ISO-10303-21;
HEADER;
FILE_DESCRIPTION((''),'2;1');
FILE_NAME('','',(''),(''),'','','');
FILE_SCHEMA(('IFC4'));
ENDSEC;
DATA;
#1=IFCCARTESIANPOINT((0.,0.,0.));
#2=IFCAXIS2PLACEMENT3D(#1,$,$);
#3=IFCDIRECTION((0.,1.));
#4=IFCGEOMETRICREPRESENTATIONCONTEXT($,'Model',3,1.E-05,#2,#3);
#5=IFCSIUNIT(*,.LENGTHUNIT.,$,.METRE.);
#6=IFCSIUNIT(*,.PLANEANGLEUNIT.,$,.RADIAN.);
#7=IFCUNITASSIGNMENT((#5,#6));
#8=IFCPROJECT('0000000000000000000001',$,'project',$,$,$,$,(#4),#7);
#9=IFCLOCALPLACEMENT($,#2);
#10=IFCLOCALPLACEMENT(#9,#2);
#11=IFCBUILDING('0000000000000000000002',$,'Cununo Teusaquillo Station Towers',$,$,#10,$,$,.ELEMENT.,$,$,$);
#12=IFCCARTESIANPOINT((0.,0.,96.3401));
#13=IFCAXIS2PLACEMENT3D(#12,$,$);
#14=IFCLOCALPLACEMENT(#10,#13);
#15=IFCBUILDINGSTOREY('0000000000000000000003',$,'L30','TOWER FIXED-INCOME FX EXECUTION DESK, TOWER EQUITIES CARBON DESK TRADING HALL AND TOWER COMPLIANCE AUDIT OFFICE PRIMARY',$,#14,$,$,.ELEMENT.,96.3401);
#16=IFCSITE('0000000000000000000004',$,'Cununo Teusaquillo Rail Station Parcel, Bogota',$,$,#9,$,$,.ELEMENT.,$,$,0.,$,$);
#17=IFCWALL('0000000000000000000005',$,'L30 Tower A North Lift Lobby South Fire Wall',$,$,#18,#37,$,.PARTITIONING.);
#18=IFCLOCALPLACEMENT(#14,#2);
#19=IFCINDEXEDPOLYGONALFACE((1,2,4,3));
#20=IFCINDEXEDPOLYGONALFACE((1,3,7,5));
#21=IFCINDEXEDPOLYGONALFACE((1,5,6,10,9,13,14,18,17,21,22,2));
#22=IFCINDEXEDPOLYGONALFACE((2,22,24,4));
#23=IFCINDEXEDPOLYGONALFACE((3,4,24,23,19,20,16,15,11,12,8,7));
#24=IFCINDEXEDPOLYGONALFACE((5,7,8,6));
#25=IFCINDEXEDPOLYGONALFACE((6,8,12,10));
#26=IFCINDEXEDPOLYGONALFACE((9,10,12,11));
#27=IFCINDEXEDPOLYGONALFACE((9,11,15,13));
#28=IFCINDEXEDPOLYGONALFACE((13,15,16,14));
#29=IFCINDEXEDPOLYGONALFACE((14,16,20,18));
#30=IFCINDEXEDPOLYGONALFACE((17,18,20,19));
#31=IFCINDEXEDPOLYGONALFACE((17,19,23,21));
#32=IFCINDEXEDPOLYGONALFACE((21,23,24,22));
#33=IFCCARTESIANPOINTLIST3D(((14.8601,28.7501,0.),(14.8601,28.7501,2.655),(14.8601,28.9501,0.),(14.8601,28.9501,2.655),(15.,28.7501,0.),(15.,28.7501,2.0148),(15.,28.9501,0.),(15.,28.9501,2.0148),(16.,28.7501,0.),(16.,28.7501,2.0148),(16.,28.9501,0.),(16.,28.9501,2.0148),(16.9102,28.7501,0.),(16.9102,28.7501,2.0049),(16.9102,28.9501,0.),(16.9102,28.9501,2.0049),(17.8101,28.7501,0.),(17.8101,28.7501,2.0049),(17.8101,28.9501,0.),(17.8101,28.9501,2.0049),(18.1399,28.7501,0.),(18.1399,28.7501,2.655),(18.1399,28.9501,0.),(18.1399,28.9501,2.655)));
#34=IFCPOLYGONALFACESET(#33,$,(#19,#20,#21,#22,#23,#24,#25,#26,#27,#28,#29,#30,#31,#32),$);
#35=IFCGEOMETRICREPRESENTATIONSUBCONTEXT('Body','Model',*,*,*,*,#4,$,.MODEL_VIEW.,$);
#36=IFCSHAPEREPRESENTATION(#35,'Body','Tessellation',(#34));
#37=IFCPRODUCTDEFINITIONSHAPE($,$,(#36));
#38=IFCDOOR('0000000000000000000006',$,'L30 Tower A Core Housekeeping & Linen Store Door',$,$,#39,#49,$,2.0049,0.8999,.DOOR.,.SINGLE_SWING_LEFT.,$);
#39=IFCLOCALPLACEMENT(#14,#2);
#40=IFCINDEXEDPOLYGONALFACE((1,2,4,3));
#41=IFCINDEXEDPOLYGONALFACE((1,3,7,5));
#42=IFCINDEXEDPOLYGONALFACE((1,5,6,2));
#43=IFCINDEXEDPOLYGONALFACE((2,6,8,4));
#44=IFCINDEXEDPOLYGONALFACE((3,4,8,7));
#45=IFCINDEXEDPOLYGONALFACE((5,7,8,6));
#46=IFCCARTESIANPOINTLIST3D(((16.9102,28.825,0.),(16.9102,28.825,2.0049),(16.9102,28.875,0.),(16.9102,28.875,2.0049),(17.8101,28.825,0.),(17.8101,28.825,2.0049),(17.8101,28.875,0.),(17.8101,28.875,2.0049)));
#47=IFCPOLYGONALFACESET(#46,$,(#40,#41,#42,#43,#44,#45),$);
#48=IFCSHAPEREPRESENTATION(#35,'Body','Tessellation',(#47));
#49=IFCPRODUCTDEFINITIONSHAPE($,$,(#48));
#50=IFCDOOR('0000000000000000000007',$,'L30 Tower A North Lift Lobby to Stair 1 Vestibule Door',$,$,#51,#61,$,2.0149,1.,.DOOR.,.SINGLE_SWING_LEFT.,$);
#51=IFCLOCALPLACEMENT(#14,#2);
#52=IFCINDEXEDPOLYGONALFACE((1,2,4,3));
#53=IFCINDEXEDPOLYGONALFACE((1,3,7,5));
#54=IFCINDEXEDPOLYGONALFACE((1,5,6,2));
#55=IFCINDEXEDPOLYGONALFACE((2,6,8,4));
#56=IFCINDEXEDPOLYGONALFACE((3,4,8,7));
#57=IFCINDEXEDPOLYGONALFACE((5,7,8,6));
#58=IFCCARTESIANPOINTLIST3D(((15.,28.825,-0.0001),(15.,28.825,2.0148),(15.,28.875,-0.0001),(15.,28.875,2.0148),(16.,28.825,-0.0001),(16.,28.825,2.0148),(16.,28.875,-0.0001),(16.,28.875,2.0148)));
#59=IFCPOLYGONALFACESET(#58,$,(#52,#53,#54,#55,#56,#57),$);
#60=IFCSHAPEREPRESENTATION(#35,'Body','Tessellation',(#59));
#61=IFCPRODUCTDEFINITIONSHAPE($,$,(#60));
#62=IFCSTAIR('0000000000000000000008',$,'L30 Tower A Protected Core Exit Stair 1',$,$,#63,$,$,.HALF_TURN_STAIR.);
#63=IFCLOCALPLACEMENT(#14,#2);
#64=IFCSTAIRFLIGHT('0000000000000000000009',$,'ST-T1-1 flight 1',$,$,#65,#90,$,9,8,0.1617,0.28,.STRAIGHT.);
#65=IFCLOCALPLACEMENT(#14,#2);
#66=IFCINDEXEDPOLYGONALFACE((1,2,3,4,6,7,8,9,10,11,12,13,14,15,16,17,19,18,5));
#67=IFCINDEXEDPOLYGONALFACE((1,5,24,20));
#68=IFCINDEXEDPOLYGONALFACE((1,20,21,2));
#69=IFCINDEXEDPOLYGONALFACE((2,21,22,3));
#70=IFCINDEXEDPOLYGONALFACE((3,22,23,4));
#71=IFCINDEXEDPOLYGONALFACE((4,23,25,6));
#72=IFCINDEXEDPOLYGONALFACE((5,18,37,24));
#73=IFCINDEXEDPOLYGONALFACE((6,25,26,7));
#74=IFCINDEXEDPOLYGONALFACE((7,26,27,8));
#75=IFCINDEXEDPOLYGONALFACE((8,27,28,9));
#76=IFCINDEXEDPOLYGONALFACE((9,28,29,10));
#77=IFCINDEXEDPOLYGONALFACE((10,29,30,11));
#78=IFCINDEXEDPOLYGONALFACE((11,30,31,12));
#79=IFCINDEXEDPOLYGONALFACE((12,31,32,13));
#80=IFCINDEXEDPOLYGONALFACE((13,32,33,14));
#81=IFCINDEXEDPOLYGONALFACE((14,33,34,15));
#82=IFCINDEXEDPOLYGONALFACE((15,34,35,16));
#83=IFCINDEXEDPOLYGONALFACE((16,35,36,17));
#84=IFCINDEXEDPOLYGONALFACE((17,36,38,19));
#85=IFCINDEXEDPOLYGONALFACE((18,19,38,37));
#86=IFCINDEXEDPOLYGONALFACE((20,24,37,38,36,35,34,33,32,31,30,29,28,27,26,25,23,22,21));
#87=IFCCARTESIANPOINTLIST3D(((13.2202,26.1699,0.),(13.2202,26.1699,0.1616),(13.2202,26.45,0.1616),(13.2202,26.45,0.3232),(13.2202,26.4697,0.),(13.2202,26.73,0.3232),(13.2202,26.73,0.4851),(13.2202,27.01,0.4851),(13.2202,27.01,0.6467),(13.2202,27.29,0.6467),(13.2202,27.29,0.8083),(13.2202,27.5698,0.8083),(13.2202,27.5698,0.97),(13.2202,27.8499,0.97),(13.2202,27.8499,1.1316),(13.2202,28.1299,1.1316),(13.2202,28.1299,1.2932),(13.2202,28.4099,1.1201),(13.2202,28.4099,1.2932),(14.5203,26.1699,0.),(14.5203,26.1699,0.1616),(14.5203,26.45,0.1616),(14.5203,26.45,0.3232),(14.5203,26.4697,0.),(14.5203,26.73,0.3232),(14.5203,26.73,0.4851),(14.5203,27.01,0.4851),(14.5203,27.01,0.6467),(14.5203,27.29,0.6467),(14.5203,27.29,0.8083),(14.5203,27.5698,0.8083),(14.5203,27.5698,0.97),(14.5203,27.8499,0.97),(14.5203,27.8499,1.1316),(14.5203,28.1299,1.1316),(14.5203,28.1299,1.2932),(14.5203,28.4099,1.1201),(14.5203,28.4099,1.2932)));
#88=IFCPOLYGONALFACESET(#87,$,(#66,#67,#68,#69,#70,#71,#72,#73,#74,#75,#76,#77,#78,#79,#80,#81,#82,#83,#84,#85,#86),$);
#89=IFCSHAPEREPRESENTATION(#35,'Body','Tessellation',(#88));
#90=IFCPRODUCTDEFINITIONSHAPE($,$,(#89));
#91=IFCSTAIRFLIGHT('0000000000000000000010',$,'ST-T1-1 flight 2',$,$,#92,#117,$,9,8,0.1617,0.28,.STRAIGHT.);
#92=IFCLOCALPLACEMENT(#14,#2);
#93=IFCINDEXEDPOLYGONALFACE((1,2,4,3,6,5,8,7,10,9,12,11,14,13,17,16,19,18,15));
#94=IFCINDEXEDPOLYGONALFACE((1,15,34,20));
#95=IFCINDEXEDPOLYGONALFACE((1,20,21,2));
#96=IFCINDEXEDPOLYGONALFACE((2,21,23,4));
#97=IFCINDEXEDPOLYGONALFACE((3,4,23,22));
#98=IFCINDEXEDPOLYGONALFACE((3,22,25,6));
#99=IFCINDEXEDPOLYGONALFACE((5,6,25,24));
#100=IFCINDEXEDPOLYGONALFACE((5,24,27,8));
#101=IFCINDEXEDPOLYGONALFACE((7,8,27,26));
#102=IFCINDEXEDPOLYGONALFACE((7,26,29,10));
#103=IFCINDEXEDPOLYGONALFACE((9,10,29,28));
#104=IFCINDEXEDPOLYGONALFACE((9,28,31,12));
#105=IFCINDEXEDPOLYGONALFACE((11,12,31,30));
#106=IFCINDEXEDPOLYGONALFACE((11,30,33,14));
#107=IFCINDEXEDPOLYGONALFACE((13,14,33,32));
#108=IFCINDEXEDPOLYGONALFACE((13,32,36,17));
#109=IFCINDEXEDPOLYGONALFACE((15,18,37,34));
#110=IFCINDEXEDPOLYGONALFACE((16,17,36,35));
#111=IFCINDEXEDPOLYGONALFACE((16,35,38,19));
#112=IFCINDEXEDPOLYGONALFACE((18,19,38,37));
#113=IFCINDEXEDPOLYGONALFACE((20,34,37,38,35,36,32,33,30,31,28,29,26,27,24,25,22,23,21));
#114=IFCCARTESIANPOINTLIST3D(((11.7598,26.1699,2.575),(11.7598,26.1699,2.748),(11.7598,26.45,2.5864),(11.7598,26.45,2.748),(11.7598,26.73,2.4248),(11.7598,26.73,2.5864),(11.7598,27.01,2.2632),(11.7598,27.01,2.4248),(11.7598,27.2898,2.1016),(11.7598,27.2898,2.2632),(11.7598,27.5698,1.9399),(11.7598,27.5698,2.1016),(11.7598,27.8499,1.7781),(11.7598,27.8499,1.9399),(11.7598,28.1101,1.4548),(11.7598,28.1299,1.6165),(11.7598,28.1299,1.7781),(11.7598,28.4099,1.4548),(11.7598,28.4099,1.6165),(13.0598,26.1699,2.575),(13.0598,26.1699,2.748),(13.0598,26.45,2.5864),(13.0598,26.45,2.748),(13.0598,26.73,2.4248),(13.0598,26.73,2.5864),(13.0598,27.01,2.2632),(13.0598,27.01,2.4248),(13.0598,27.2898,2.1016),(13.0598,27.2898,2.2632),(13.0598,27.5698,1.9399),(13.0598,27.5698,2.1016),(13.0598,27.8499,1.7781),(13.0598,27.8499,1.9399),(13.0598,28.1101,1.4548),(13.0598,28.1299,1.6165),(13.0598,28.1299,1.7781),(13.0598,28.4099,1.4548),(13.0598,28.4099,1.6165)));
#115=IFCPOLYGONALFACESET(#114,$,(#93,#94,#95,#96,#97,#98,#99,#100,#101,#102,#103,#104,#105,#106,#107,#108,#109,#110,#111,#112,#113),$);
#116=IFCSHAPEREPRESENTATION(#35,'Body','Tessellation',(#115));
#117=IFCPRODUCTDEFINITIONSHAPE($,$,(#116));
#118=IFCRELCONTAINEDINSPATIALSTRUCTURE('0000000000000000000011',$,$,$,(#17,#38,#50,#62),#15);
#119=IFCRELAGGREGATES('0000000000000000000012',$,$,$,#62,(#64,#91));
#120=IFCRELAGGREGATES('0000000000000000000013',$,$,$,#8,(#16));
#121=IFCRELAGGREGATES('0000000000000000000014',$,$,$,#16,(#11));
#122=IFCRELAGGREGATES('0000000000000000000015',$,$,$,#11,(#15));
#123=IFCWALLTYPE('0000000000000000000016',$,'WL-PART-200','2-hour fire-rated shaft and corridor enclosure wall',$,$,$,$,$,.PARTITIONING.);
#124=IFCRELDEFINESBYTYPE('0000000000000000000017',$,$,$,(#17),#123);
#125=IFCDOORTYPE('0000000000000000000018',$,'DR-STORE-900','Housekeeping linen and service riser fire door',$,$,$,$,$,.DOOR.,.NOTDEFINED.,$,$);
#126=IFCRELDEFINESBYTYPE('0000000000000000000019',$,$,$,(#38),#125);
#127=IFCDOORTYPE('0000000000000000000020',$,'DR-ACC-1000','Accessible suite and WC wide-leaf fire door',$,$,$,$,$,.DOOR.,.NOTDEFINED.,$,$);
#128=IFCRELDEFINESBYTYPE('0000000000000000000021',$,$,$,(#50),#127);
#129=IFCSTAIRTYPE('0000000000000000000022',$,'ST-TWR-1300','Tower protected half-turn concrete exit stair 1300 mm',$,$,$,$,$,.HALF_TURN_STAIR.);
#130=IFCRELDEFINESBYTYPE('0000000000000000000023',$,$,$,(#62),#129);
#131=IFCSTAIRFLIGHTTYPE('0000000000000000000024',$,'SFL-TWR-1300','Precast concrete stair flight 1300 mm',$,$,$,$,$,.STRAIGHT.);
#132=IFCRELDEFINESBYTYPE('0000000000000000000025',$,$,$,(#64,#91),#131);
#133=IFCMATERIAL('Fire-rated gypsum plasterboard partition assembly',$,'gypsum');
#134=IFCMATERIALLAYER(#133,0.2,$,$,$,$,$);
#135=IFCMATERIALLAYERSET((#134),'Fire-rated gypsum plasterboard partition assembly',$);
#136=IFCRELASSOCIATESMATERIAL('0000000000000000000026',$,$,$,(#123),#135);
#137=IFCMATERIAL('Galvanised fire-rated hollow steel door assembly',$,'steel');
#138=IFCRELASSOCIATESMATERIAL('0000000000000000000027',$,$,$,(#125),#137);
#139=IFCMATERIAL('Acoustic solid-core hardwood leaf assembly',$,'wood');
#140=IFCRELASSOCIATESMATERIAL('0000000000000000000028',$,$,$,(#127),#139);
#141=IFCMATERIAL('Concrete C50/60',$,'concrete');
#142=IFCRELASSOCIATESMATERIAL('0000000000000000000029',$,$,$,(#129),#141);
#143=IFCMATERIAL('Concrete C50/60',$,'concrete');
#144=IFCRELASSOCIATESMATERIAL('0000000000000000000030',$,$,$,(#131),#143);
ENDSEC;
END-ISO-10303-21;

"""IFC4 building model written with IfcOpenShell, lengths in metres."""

from ifc_helpers import new_model, si_unit, direction, frame, frame_2d, origin, place, context, subcontext, project, spatial, polyline, rectangle, outline, extrude, source, transform, mapped, material, layer, layer_set, type_object, element, fill, aggregate, save


model = new_model("IFC4")

# Units and contexts
model_context = context("Model", 3, precision=1e-05, world=origin(), true_north=direction((0.0, 1.0)))
body_context = subcontext(model_context, "Body", "Model", "MODEL_VIEW")
ifc_project = project(units=[si_unit("LENGTHUNIT", "METRE"), si_unit("PLANEANGLEUNIT", "RADIAN")], contexts=[model_context])

# Site, building, storey
site_placement = place(None, origin())
site = spatial("IfcSite", under=ifc_project, at=site_placement, Name="Cununo Teusaquillo Rail Station Parcel, Bogota", CompositionType="ELEMENT", RefElevation=0.0)
building_placement = place(site_placement, origin())
building = spatial("IfcBuilding", under=site, at=building_placement, Name="Cununo Teusaquillo Station Towers", CompositionType="ELEMENT")
storey_placement = place(building_placement, frame((0.0, 0.0, 96.3401)))
storey = spatial("IfcBuildingStorey", under=building, at=storey_placement, Name="L30", Description="TOWER FIXED-INCOME FX EXECUTION DESK, TOWER EQUITIES CARBON DESK TRADING HALL AND TOWER COMPLIANCE AUDIT OFFICE PRIMARY", CompositionType="ELEMENT", Elevation=96.3401)

# Shared definitions
ifc_material_1 = material(Name="Fire-rated gypsum plasterboard partition assembly", Category="gypsum")
ifc_layer_1 = layer(ifc_material_1, 0.2)
ifc_layer_set_1 = layer_set([ifc_layer_1], Name="Fire-rated gypsum plasterboard partition assembly")
wall_type_1 = type_object("IfcWallType", Name="WL-PART-200", Description="2-hour fire-rated shaft and corridor enclosure wall", PredefinedType="PARTITIONING", material=ifc_layer_set_1)
shared_shape_1 = source(origin(), body_context, "Body", "SweptSolid", [
    extrude(rectangle(XDim=0.8999, YDim=2.0049, at=frame_2d((0.45, 1.0024))), frame((0.0, 0.1099, 0.0), z_axis=(0.0, -1.0, 0.0), x_axis=(1.0, 0.0, 0.0)), (0.0, 0.0, 1.0), 0.22),
])
ifc_material_2 = material(Name="Galvanised fire-rated hollow steel door assembly", Category="steel")
door_type_1 = type_object("IfcDoorType", Name="DR-STORE-900", Description="Housekeeping linen and service riser fire door", OperationType="NOTDEFINED", PredefinedType="DOOR", material=ifc_material_2)
shared_shape_2 = source(origin(), body_context, "Body", "SweptSolid", [
    extrude(rectangle(XDim=0.8999, YDim=2.0049, at=frame_2d((0.45, 1.0024))), frame((0.0, 0.0249, 0.0), z_axis=(0.0, -1.0, 0.0), x_axis=(1.0, 0.0, 0.0)), (0.0, 0.0, 1.0), 0.05),
])

# Wall, openings, doors
wall_1_placement = place(storey_placement, frame((14.8601, 28.8501, 0.0), z_axis=(0.0, 0.0, 1.0), x_axis=(1.0, 0.0, 0.0)))
wall_1 = element("IfcWall", 1, at=wall_1_placement, inside=storey, type_object=wall_type_1, Name="L30 Tower A North Lift Lobby South Fire Wall", PredefinedType="PARTITIONING", context=body_context, shape_type="SweptSolid", body=[
    extrude(rectangle(XDim=3.2798, YDim=0.2, at=frame_2d((1.6399, 0.0))), origin(), (0.0, 0.0, 1.0), 2.655),
])
shared_shape_3 = source(origin(), body_context, "Body", "SweptSolid", [
    extrude(rectangle(XDim=1.0, YDim=2.0149, at=frame_2d((0.5, 1.0073))), frame((0.0, 0.1099, 0.0), z_axis=(0.0, -1.0, 0.0), x_axis=(1.0, 0.0, 0.0)), (0.0, 0.0, 1.0), 0.22),
])
opening_1_placement = place(wall_1_placement, frame((0.1399, 0.0, 0.0)))
opening_1 = element("IfcOpeningElement", 2, at=opening_1_placement, cuts=wall_1, PredefinedType="OPENING", context=body_context, shape_type="MappedRepresentation", body=[
    mapped(shared_shape_3, transform((0.0, 0.0, 0.0), x_axis=(1.0, 0.0, 0.0), y_axis=(0.0, 1.0, 0.0), z_axis=(0.0, 0.0, 1.0), scale=1.0)),
])
opening_2_placement = place(wall_1_placement, frame((2.05, 0.0, 0.0)))
opening_2 = element("IfcOpeningElement", 3, at=opening_2_placement, cuts=wall_1, PredefinedType="OPENING", context=body_context, shape_type="MappedRepresentation", body=[
    mapped(shared_shape_1, transform((0.0, 0.0, 0.0), x_axis=(1.0, 0.0, 0.0), y_axis=(0.0, 1.0, 0.0), z_axis=(0.0, 0.0, 1.0), scale=1.0)),
])
door_1_placement = place(opening_2_placement, origin())
door_1 = element("IfcDoor", 4, at=door_1_placement, inside=storey, type_object=door_type_1, Name="L30 Tower A Core Housekeeping & Linen Store Door", OperationType="SINGLE_SWING_LEFT", OverallHeight=2.0049, OverallWidth=0.8999, PredefinedType="DOOR", context=body_context, shape_type="MappedRepresentation", body=[
    mapped(shared_shape_2, transform((0.0, 0.0, 0.0), x_axis=(1.0, 0.0, 0.0), y_axis=(0.0, 1.0, 0.0), z_axis=(0.0, 0.0, 1.0), scale=1.0)),
])
fill(opening_2, door_1)
ifc_material_3 = material(Name="Acoustic solid-core hardwood leaf assembly", Category="wood")
door_type_2 = type_object("IfcDoorType", Name="DR-ACC-1000", Description="Accessible suite and WC wide-leaf fire door", OperationType="NOTDEFINED", PredefinedType="DOOR", material=ifc_material_3)
shared_shape_4 = source(origin(), body_context, "Body", "SweptSolid", [
    extrude(rectangle(XDim=1.0, YDim=2.0149, at=frame_2d((0.5, 1.0073))), frame((0.0, 0.0249, 0.0), z_axis=(0.0, -1.0, 0.0), x_axis=(1.0, 0.0, 0.0)), (0.0, 0.0, 1.0), 0.05),
])
door_2_placement = place(opening_1_placement, origin())
door_2 = element("IfcDoor", 5, at=door_2_placement, inside=storey, type_object=door_type_2, Name="L30 Tower A North Lift Lobby to Stair 1 Vestibule Door", OperationType="SINGLE_SWING_LEFT", OverallHeight=2.0149, OverallWidth=1.0, PredefinedType="DOOR", context=body_context, shape_type="MappedRepresentation", body=[
    mapped(shared_shape_4, transform((0.0, 0.0, 0.0), x_axis=(1.0, 0.0, 0.0), y_axis=(0.0, 1.0, 0.0), z_axis=(0.0, 0.0, 1.0), scale=1.0)),
])
fill(opening_1, door_2)

# Stair, stair flights
ifc_material_4 = material(Name="Concrete C50/60", Category="concrete")
stair_type = type_object("IfcStairType", Name="ST-TWR-1300", Description="Tower protected half-turn concrete exit stair 1300 mm", PredefinedType="HALF_TURN_STAIR", material=ifc_material_4)
stair_placement = place(storey_placement, origin())
stair = element("IfcStair", 6, at=stair_placement, inside=storey, type_object=stair_type, Name="L30 Tower A Protected Core Exit Stair 1", PredefinedType="HALF_TURN_STAIR")
ifc_material_5 = material(Name="Concrete C50/60", Category="concrete")
stair_flight_type = type_object("IfcStairFlightType", Name="SFL-TWR-1300", Description="Precast concrete stair flight 1300 mm", PredefinedType="STRAIGHT", material=ifc_material_5)
stair_flight_1_placement = place(storey_placement, frame((13.8701, 26.1699, 0.0), z_axis=(0.0, 0.0, 1.0), x_axis=(0.0, 1.0, 0.0)))
stair_flight_1 = element("IfcStairFlight", 7, at=stair_flight_1_placement, type_object=stair_flight_type, Name="ST-T1-1 flight 1", NumberOfRisers=9, NumberOfTreads=8, PredefinedType="STRAIGHT", RiserHeight=0.1617, TreadLength=0.28, context=body_context, shape_type="SweptSolid", body=[
    extrude(outline(polyline([(0.0, 0.0), (0.0, 0.1616), (0.28, 0.1616), (0.28, 0.3232), (0.5601, 0.3232), (0.5601, 0.4851), (0.8401, 0.4851), (0.8401, 0.6467), (1.1201, 0.6467), (1.1201, 0.8083), (1.3999, 0.8083), (1.3999, 0.97), (1.6799, 0.97), (1.6799, 1.1316), (1.96, 1.1316), (1.96, 1.2932), (2.24, 1.2932), (2.24, 1.4551), (2.24, 1.1201), (0.2998, 0.0), (0.0, 0.0)])), frame((0.0, 0.6499, 0.0), z_axis=(0.0, -1.0, 0.0), x_axis=(1.0, 0.0, 0.0)), (0.0, 0.0, 1.0), 1.3),
])
stair_flight_2_placement = place(storey_placement, frame((12.4099, 28.4099, 1.4548), z_axis=(0.0, 0.0, 1.0), x_axis=(0.0, -1.0, 0.0)))
stair_flight_2 = element("IfcStairFlight", 8, at=stair_flight_2_placement, type_object=stair_flight_type, Name="ST-T1-1 flight 2", NumberOfRisers=9, NumberOfTreads=8, PredefinedType="STRAIGHT", RiserHeight=0.1617, TreadLength=0.28, context=body_context, shape_type="SweptSolid", body=[
    extrude(outline(polyline([(0.0, 0.0), (0.0, 0.1616), (0.28, 0.1616), (0.28, 0.3232), (0.5601, 0.3232), (0.5601, 0.4851), (0.8401, 0.4851), (0.8401, 0.6467), (1.1201, 0.6467), (1.1201, 0.8083), (1.3999, 0.8083), (1.3999, 0.97), (1.6799, 0.97), (1.6799, 1.1316), (1.96, 1.1316), (1.96, 1.2932), (2.24, 1.2932), (2.24, 1.4551), (2.24, 1.1201), (0.2998, 0.0), (0.0, 0.0)])), frame((0.0, 0.6499, 0.0), z_axis=(0.0, -1.0, 0.0), x_axis=(1.0, 0.0, 0.0)), (0.0, 0.0, 1.0), 1.3),
])
aggregate(stair, [stair_flight_1, stair_flight_2])

save(model, "model.ifc")
